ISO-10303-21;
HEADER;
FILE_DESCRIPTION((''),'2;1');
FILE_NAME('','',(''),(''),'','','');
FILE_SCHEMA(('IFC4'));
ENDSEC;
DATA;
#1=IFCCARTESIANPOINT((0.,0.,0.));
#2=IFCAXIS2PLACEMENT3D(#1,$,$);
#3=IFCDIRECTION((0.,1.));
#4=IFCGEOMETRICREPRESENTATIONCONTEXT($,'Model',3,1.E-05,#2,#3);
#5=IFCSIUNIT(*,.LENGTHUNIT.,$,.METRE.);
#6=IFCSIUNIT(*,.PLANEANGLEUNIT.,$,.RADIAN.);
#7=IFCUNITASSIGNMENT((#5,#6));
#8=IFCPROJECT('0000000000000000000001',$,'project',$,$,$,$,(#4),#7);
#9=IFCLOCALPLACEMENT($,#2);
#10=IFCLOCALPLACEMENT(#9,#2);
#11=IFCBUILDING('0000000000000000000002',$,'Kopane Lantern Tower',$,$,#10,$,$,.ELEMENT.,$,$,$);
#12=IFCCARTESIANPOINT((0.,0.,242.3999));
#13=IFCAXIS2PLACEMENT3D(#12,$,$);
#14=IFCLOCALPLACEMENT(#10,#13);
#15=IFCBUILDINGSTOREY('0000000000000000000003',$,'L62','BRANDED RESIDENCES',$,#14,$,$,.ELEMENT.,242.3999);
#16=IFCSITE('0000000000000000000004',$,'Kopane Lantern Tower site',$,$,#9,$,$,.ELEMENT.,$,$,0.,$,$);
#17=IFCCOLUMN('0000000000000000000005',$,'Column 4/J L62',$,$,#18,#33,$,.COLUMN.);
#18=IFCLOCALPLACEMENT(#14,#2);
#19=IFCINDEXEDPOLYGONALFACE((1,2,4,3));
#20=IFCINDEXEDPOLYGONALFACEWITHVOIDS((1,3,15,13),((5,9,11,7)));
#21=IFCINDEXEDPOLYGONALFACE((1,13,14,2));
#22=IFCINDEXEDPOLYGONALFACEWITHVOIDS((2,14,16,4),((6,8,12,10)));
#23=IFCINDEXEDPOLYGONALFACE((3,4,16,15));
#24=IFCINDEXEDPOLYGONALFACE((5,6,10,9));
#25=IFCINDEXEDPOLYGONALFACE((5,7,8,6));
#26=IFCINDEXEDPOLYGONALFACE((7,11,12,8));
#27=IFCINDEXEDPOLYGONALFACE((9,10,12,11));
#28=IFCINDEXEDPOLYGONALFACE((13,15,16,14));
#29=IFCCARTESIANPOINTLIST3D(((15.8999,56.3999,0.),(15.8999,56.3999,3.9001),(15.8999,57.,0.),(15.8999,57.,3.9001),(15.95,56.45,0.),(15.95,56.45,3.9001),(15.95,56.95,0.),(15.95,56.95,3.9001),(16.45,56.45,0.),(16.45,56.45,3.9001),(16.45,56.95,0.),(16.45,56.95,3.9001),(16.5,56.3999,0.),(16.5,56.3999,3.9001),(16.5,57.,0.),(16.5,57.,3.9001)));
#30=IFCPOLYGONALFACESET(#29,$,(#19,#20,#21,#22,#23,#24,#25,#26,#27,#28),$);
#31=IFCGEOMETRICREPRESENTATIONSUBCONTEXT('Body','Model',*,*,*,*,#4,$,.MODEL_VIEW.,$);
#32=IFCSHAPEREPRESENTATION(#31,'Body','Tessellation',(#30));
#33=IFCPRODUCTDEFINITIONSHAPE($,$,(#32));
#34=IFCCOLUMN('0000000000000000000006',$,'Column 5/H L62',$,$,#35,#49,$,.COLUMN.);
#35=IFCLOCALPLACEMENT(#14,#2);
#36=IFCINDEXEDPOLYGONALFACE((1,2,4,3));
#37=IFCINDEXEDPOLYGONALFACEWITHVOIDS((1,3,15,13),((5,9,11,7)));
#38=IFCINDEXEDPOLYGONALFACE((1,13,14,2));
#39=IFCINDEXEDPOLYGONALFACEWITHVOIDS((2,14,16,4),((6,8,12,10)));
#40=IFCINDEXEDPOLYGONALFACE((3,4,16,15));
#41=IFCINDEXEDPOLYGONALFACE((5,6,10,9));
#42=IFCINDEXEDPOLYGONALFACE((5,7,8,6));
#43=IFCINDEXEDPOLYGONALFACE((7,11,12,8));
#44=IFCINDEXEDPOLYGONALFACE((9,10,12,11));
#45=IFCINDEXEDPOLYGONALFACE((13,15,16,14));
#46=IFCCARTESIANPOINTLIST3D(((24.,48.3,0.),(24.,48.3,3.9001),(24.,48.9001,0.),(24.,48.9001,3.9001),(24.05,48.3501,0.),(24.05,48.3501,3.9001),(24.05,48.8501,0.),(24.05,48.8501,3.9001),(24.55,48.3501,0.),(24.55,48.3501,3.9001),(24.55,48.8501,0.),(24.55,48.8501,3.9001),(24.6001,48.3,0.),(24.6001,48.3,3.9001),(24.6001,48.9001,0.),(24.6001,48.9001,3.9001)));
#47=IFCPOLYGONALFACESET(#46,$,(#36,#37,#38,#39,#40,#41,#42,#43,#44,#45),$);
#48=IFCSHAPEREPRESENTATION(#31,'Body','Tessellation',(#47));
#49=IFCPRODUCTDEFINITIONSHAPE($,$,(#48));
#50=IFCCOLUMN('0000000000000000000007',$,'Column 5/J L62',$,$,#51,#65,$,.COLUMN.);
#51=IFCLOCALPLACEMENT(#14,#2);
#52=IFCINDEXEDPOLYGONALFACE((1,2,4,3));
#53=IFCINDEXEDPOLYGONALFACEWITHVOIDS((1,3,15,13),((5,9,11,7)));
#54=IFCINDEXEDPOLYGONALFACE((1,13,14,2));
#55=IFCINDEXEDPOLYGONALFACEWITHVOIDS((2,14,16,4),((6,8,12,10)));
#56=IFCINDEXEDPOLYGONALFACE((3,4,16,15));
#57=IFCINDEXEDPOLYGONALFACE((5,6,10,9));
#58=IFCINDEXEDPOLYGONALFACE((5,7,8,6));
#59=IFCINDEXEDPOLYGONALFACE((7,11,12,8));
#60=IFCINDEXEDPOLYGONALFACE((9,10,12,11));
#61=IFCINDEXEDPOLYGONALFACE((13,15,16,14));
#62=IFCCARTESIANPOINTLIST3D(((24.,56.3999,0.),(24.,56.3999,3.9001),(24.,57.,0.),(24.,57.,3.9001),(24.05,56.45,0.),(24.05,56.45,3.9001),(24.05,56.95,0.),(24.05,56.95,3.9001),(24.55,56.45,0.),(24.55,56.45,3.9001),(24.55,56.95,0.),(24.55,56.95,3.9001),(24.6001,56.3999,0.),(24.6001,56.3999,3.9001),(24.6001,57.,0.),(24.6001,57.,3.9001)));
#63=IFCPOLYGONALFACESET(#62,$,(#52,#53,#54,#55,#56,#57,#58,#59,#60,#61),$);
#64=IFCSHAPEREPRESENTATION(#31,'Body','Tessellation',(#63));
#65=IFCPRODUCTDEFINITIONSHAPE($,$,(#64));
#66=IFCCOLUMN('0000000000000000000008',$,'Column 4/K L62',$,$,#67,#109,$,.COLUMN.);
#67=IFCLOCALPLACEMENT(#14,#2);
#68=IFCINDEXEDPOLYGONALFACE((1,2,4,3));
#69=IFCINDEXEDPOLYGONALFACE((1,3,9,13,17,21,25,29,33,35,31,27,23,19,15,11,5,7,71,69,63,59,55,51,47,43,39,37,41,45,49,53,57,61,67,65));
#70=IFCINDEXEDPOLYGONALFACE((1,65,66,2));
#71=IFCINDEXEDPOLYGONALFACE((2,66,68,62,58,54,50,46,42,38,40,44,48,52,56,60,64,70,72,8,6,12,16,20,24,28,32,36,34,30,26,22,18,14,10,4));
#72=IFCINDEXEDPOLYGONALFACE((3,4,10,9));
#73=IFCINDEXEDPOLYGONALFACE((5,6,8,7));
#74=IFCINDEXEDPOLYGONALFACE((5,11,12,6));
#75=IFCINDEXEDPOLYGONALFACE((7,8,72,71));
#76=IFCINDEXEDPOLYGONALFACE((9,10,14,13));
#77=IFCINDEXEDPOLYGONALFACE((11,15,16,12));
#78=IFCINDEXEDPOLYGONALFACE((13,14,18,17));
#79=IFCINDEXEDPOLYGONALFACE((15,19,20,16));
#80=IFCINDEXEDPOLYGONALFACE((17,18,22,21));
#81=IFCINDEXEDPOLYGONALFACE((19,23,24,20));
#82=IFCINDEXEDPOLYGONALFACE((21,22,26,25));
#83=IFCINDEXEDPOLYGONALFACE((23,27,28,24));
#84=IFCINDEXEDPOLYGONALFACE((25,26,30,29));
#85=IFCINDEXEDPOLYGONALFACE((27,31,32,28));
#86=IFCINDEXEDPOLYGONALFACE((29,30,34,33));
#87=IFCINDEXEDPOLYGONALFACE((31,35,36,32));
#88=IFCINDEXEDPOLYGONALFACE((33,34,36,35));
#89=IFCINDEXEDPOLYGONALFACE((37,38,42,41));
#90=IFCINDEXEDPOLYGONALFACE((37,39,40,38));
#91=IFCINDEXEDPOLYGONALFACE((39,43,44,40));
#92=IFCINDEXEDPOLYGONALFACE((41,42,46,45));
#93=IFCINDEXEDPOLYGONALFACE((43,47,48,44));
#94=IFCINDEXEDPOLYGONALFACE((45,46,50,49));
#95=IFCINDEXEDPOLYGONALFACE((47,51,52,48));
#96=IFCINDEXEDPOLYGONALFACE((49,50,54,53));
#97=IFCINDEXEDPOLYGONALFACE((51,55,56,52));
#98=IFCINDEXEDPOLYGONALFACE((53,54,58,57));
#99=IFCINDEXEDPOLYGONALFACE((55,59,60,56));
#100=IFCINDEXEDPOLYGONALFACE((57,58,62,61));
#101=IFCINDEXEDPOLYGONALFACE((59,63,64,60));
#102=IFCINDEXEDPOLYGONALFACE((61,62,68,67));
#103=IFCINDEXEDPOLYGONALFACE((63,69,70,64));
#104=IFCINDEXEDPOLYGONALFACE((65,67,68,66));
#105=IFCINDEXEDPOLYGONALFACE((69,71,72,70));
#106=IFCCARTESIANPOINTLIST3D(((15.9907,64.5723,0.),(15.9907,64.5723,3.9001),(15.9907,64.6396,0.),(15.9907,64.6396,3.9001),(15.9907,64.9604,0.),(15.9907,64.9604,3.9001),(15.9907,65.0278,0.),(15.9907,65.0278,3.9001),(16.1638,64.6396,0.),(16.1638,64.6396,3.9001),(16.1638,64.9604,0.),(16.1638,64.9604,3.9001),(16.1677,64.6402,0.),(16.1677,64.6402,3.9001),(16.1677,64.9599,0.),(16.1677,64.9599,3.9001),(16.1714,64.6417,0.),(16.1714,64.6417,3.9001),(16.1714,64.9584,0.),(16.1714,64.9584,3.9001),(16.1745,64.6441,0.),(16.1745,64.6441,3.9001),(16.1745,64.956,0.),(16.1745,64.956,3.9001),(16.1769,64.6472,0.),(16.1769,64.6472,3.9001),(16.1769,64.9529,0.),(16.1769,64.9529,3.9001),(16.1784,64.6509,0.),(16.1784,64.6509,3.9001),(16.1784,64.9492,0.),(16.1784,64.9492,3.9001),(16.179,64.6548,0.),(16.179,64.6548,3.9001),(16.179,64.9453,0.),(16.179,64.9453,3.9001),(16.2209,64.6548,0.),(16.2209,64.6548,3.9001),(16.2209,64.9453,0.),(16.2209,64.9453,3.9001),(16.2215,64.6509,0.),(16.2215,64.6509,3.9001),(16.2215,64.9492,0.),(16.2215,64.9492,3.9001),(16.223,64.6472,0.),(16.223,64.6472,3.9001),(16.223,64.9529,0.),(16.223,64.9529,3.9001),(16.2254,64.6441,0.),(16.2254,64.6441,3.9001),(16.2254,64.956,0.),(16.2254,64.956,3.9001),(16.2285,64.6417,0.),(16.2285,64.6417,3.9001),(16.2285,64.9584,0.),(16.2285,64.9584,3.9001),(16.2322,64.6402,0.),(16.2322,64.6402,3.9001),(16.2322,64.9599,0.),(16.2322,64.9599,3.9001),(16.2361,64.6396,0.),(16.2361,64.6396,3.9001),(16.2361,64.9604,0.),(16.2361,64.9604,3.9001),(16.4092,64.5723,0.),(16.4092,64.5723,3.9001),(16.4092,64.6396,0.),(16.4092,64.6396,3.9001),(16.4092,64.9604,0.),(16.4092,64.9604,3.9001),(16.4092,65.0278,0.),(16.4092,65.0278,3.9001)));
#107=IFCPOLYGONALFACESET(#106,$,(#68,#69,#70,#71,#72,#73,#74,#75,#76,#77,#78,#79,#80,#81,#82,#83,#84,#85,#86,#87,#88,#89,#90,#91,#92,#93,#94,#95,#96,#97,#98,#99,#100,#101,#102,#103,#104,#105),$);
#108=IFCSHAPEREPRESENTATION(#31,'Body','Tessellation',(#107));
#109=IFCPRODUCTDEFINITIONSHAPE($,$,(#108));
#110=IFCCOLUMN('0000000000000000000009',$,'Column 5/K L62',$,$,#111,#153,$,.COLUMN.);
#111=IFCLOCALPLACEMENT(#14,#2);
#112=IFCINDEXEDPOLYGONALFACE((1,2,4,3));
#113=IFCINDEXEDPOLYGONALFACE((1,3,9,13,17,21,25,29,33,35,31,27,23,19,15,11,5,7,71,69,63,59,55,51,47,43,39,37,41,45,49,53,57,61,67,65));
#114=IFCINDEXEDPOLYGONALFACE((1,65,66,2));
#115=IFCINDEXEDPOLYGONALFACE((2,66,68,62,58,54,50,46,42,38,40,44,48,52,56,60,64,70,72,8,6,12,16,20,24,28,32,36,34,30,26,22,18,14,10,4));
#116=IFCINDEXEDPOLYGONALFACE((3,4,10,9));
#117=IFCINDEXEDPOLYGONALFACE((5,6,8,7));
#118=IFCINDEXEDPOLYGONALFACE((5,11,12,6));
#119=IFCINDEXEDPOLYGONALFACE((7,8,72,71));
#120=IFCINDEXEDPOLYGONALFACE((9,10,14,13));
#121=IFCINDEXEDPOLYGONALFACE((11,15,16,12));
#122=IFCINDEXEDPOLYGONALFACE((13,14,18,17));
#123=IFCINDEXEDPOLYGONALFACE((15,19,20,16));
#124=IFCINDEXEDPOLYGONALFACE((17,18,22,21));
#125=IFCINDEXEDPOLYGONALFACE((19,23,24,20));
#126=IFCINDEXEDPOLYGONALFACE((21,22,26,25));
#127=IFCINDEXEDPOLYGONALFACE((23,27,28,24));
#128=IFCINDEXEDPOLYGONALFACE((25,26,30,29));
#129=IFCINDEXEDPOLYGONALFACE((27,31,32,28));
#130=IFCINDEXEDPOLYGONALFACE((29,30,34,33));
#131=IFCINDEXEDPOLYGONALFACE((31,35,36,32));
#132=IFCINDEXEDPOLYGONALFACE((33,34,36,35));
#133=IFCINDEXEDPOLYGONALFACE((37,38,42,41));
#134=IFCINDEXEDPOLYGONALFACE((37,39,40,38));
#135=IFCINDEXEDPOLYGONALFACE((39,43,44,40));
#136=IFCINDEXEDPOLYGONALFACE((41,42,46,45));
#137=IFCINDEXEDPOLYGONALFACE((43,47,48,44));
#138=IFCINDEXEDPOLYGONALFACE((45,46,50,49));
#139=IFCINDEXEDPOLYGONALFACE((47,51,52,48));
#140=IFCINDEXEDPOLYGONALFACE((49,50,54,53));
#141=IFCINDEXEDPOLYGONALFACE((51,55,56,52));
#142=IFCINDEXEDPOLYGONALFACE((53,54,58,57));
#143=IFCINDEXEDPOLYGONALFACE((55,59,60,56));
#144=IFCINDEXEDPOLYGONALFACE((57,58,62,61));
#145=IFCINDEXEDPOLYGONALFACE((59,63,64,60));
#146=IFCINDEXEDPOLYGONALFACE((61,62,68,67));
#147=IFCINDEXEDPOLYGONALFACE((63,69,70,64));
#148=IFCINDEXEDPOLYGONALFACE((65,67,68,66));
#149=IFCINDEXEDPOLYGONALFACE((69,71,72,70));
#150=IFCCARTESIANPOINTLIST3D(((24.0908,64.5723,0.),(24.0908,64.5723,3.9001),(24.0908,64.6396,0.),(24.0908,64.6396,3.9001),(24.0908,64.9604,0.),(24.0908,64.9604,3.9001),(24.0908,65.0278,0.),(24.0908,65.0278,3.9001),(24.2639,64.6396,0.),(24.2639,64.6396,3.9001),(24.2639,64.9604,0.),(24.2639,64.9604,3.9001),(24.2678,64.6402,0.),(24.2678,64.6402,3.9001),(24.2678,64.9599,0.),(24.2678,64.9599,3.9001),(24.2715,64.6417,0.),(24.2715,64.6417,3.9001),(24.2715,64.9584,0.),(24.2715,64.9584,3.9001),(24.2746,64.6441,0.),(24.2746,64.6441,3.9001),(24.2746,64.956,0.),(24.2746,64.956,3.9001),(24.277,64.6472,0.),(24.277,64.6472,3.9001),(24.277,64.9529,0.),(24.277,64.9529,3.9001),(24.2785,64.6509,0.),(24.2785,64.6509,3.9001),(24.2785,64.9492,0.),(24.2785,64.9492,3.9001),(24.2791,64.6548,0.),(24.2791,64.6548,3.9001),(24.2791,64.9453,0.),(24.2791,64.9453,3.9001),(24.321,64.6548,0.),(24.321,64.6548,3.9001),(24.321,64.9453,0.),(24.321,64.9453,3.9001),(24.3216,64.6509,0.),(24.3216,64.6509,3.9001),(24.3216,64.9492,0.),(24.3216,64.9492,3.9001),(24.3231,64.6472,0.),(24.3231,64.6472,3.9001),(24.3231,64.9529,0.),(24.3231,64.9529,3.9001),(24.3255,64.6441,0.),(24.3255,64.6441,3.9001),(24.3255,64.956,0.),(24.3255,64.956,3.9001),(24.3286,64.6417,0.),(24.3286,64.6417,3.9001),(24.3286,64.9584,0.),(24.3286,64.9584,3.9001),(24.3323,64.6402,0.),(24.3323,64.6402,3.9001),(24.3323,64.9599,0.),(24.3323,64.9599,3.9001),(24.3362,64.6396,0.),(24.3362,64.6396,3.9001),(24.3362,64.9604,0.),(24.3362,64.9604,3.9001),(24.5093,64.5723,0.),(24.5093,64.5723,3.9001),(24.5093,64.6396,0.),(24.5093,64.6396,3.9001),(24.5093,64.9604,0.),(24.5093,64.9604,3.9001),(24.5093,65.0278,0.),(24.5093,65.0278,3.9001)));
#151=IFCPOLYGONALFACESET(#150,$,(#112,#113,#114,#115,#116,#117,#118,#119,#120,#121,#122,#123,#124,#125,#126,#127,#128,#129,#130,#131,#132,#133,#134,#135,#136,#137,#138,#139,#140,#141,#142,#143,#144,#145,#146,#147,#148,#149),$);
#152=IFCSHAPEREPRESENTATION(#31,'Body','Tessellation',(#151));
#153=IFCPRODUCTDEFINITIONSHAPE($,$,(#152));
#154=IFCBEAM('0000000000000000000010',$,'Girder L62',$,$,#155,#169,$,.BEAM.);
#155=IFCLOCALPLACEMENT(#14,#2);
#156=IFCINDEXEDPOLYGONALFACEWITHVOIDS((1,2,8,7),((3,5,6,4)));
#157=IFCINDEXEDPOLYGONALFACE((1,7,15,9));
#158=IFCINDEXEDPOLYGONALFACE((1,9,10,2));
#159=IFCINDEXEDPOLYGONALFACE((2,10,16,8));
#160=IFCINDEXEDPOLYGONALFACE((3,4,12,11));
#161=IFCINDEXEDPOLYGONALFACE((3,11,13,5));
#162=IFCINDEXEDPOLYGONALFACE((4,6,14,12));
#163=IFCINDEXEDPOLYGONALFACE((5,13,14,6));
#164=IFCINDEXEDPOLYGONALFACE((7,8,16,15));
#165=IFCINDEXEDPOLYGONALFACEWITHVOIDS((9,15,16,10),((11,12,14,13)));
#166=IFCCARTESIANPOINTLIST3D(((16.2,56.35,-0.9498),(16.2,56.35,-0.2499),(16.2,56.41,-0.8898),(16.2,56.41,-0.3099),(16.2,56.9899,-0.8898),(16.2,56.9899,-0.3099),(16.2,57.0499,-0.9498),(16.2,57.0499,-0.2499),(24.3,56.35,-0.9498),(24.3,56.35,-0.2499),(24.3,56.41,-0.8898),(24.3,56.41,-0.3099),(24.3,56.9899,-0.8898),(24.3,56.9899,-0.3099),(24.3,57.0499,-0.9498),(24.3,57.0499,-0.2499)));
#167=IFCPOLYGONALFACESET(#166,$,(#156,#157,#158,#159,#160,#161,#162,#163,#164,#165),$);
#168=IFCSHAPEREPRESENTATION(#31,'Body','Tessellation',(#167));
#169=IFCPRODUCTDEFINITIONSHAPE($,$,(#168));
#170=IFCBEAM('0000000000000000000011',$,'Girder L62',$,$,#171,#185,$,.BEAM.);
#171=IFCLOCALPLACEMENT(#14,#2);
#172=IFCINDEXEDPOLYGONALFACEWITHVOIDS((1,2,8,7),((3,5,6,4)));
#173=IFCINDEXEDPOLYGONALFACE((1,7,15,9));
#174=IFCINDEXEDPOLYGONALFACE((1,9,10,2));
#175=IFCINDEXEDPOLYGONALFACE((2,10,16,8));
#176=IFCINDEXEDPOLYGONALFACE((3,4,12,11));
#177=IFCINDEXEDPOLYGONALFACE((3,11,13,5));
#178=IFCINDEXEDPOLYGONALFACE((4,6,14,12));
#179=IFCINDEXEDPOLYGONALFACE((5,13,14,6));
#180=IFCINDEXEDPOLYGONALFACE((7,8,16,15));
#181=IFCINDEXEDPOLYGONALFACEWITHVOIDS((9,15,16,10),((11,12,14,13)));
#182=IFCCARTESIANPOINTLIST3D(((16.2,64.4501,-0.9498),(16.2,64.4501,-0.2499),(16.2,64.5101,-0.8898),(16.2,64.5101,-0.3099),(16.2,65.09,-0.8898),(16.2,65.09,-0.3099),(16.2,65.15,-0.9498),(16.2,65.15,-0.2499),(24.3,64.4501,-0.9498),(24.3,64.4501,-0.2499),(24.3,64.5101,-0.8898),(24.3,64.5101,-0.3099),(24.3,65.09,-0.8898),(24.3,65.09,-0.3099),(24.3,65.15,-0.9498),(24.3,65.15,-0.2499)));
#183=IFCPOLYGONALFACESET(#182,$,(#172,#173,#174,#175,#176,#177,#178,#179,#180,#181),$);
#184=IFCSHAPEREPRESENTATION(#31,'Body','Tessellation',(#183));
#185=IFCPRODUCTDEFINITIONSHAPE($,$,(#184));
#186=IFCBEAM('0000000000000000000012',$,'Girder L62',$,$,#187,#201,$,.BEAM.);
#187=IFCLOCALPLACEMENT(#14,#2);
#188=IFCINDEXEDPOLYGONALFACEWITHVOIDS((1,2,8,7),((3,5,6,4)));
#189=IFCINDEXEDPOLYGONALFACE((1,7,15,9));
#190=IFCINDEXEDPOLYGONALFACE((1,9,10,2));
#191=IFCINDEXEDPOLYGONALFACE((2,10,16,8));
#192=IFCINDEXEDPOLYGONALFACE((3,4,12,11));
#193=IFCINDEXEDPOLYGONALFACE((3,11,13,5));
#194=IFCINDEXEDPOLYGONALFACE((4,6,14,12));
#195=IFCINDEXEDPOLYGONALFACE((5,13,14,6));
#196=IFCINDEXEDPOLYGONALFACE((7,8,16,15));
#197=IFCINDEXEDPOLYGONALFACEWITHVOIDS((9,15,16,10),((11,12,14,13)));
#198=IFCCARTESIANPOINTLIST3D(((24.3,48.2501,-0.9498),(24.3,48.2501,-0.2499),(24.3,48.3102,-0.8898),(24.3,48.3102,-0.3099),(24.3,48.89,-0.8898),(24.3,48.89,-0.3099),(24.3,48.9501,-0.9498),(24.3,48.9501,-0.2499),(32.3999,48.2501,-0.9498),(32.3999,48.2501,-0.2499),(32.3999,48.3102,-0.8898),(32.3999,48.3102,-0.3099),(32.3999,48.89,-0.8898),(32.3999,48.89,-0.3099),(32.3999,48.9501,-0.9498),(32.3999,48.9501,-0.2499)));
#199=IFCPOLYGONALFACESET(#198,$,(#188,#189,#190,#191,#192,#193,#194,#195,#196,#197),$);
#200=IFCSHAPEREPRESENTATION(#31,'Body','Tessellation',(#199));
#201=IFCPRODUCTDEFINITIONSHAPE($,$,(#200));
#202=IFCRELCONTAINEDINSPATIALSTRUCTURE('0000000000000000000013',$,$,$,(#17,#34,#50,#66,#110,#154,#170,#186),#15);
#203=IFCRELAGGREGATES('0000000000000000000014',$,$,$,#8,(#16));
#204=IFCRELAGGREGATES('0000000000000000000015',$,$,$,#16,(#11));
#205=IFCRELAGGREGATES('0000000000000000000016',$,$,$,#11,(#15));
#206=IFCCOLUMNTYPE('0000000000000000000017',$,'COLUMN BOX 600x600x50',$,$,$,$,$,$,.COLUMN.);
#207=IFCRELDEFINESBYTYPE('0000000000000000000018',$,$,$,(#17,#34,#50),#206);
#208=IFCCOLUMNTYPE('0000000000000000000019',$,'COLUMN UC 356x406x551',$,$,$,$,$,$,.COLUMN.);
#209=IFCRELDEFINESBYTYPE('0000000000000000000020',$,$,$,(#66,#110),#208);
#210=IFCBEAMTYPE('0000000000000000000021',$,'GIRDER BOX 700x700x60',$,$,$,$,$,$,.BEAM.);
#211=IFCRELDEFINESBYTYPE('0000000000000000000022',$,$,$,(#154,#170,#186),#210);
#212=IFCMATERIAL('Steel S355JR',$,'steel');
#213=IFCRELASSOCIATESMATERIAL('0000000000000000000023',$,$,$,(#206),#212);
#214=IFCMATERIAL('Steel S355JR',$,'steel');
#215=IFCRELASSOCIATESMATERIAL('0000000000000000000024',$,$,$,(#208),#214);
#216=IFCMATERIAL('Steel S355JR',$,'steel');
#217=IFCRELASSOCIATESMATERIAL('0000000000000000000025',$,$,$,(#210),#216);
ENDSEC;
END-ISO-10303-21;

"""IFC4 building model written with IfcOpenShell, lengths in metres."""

from ifc_helpers import new_model, si_unit, direction, frame, origin, origin_2d, place, context, subcontext, project, spatial, hollow_rectangle, i_section, extrude, material, material_profile, profile_set, type_object, element, save


model = new_model("IFC4")

# Units and contexts
model_context = context("Model", 3, precision=1e-05, world=origin(), true_north=direction((0.0, 1.0)))
body_context = subcontext(model_context, "Body", "Model", "MODEL_VIEW")
ifc_project = project(units=[si_unit("LENGTHUNIT", "METRE"), si_unit("PLANEANGLEUNIT", "RADIAN")], contexts=[model_context])

# Site, building, storey
site_placement = place(None, origin())
site = spatial("IfcSite", under=ifc_project, at=site_placement, Name="Kopane Lantern Tower site", CompositionType="ELEMENT", RefElevation=0.0)
building_placement = place(site_placement, origin())
building = spatial("IfcBuilding", under=site, at=building_placement, Name="Kopane Lantern Tower", CompositionType="ELEMENT")
storey_placement = place(building_placement, frame((0.0, 0.0, 242.3999)))
storey = spatial("IfcBuildingStorey", under=building, at=storey_placement, Name="L62", Description="BRANDED RESIDENCES", CompositionType="ELEMENT", Elevation=242.3999)

# Columns
ifc_material_1 = material(Name="Steel S355JR", Category="steel")
ifc_material_profile_1 = material_profile(ifc_material_1, hollow_rectangle(XDim=0.6001, YDim=0.6001, WallThickness=0.05, at=origin_2d()), Name="BOX 600x600x50")
ifc_profile_set_1 = profile_set([ifc_material_profile_1], Name="Steel S355JR")
column_type_1 = type_object("IfcColumnType", Name="COLUMN BOX 600x600x50", PredefinedType="COLUMN", material=ifc_profile_set_1)
for number, where, z_axis, x_axis, name in (
    (1, (16.2, 56.7, 0.0), (0.0, 0.0, 1.0), (1.0, 0.0, 0.0), "Column 4/J L62"),
    (2, (24.3, 48.6001, 0.0), (0.0, 0.0, 1.0), (1.0, 0.0, 0.0), "Column 5/H L62"),
    (3, (24.3, 56.7, 0.0), (0.0, 0.0, 1.0), (1.0, 0.0, 0.0), "Column 5/J L62"),
):
    element("IfcColumn", number, at=place(storey_placement, frame(where, z_axis=z_axis, x_axis=x_axis)), inside=storey, type_object=column_type_1, Name=name, PredefinedType="COLUMN", context=body_context, shape_type="SweptSolid", body=[
        extrude(hollow_rectangle(XDim=0.6001, YDim=0.6001, WallThickness=0.05, at=origin_2d()), origin(), (0.0, 0.0, 1.0), 3.9001),
    ])
ifc_material_2 = material(Name="Steel S355JR", Category="steel")
ifc_material_profile_2 = material_profile(ifc_material_2, i_section(OverallWidth=0.4185, OverallDepth=0.4556, WebThickness=0.042, FlangeThickness=0.0674, FilletRadius=0.0151, at=origin_2d()), Name="UC 356x406x551")
ifc_profile_set_2 = profile_set([ifc_material_profile_2], Name="Steel S355JR")
column_type_2 = type_object("IfcColumnType", Name="COLUMN UC 356x406x551", PredefinedType="COLUMN", material=ifc_profile_set_2)
for number, where, z_axis, x_axis, name in (
    (4, (16.2, 64.8, 0.0), (0.0, 0.0, 1.0), (1.0, 0.0, 0.0), "Column 4/K L62"),
    (5, (24.3, 64.8, 0.0), (0.0, 0.0, 1.0), (1.0, 0.0, 0.0), "Column 5/K L62"),
):
    element("IfcColumn", number, at=place(storey_placement, frame(where, z_axis=z_axis, x_axis=x_axis)), inside=storey, type_object=column_type_2, Name=name, PredefinedType="COLUMN", context=body_context, shape_type="SweptSolid", body=[
        extrude(i_section(OverallWidth=0.4185, OverallDepth=0.4556, WebThickness=0.042, FlangeThickness=0.0674, FilletRadius=0.0151, at=origin_2d()), origin(), (0.0, 0.0, 1.0), 3.9001),
    ])

# Beams
ifc_material_3 = material(Name="Steel S355JR", Category="steel")
ifc_material_profile_3 = material_profile(ifc_material_3, hollow_rectangle(XDim=0.7, YDim=0.7, WallThickness=0.0601, at=origin_2d()), Name="BOX 700x700x60")
ifc_profile_set_3 = profile_set([ifc_material_profile_3], Name="Steel S355JR")
beam_type = type_object("IfcBeamType", Name="GIRDER BOX 700x700x60", PredefinedType="BEAM", material=ifc_profile_set_3)
for number, where, z_axis, x_axis, name in (
    (6, (16.2, 56.7, -0.5999), (1.0, 0.0, 0.0), (0.0, 1.0, 0.0), "Girder L62"),
    (7, (16.2, 64.8, -0.5999), (1.0, 0.0, 0.0), (0.0, 1.0, 0.0), "Girder L62"),
):
    element("IfcBeam", number, at=place(storey_placement, frame(where, z_axis=z_axis, x_axis=x_axis)), inside=storey, type_object=beam_type, Name=name, PredefinedType="BEAM", context=body_context, shape_type="SweptSolid", body=[
        extrude(hollow_rectangle(XDim=0.7, YDim=0.7, WallThickness=0.0601, at=origin_2d()), origin(), (0.0, 0.0, 1.0), 8.1001),
    ])
for number, where, z_axis, x_axis, name in (
    (8, (24.3, 48.6001, -0.5999), (1.0, 0.0, 0.0), (0.0, 1.0, 0.0), "Girder L62"),
):
    element("IfcBeam", number, at=place(storey_placement, frame(where, z_axis=z_axis, x_axis=x_axis)), inside=storey, type_object=beam_type, Name=name, PredefinedType="BEAM", context=body_context, shape_type="SweptSolid", body=[
        extrude(hollow_rectangle(XDim=0.7, YDim=0.7, WallThickness=0.0601, at=origin_2d()), origin(), (0.0, 0.0, 1.0), 8.0999),
    ])

save(model, "model.ifc")
